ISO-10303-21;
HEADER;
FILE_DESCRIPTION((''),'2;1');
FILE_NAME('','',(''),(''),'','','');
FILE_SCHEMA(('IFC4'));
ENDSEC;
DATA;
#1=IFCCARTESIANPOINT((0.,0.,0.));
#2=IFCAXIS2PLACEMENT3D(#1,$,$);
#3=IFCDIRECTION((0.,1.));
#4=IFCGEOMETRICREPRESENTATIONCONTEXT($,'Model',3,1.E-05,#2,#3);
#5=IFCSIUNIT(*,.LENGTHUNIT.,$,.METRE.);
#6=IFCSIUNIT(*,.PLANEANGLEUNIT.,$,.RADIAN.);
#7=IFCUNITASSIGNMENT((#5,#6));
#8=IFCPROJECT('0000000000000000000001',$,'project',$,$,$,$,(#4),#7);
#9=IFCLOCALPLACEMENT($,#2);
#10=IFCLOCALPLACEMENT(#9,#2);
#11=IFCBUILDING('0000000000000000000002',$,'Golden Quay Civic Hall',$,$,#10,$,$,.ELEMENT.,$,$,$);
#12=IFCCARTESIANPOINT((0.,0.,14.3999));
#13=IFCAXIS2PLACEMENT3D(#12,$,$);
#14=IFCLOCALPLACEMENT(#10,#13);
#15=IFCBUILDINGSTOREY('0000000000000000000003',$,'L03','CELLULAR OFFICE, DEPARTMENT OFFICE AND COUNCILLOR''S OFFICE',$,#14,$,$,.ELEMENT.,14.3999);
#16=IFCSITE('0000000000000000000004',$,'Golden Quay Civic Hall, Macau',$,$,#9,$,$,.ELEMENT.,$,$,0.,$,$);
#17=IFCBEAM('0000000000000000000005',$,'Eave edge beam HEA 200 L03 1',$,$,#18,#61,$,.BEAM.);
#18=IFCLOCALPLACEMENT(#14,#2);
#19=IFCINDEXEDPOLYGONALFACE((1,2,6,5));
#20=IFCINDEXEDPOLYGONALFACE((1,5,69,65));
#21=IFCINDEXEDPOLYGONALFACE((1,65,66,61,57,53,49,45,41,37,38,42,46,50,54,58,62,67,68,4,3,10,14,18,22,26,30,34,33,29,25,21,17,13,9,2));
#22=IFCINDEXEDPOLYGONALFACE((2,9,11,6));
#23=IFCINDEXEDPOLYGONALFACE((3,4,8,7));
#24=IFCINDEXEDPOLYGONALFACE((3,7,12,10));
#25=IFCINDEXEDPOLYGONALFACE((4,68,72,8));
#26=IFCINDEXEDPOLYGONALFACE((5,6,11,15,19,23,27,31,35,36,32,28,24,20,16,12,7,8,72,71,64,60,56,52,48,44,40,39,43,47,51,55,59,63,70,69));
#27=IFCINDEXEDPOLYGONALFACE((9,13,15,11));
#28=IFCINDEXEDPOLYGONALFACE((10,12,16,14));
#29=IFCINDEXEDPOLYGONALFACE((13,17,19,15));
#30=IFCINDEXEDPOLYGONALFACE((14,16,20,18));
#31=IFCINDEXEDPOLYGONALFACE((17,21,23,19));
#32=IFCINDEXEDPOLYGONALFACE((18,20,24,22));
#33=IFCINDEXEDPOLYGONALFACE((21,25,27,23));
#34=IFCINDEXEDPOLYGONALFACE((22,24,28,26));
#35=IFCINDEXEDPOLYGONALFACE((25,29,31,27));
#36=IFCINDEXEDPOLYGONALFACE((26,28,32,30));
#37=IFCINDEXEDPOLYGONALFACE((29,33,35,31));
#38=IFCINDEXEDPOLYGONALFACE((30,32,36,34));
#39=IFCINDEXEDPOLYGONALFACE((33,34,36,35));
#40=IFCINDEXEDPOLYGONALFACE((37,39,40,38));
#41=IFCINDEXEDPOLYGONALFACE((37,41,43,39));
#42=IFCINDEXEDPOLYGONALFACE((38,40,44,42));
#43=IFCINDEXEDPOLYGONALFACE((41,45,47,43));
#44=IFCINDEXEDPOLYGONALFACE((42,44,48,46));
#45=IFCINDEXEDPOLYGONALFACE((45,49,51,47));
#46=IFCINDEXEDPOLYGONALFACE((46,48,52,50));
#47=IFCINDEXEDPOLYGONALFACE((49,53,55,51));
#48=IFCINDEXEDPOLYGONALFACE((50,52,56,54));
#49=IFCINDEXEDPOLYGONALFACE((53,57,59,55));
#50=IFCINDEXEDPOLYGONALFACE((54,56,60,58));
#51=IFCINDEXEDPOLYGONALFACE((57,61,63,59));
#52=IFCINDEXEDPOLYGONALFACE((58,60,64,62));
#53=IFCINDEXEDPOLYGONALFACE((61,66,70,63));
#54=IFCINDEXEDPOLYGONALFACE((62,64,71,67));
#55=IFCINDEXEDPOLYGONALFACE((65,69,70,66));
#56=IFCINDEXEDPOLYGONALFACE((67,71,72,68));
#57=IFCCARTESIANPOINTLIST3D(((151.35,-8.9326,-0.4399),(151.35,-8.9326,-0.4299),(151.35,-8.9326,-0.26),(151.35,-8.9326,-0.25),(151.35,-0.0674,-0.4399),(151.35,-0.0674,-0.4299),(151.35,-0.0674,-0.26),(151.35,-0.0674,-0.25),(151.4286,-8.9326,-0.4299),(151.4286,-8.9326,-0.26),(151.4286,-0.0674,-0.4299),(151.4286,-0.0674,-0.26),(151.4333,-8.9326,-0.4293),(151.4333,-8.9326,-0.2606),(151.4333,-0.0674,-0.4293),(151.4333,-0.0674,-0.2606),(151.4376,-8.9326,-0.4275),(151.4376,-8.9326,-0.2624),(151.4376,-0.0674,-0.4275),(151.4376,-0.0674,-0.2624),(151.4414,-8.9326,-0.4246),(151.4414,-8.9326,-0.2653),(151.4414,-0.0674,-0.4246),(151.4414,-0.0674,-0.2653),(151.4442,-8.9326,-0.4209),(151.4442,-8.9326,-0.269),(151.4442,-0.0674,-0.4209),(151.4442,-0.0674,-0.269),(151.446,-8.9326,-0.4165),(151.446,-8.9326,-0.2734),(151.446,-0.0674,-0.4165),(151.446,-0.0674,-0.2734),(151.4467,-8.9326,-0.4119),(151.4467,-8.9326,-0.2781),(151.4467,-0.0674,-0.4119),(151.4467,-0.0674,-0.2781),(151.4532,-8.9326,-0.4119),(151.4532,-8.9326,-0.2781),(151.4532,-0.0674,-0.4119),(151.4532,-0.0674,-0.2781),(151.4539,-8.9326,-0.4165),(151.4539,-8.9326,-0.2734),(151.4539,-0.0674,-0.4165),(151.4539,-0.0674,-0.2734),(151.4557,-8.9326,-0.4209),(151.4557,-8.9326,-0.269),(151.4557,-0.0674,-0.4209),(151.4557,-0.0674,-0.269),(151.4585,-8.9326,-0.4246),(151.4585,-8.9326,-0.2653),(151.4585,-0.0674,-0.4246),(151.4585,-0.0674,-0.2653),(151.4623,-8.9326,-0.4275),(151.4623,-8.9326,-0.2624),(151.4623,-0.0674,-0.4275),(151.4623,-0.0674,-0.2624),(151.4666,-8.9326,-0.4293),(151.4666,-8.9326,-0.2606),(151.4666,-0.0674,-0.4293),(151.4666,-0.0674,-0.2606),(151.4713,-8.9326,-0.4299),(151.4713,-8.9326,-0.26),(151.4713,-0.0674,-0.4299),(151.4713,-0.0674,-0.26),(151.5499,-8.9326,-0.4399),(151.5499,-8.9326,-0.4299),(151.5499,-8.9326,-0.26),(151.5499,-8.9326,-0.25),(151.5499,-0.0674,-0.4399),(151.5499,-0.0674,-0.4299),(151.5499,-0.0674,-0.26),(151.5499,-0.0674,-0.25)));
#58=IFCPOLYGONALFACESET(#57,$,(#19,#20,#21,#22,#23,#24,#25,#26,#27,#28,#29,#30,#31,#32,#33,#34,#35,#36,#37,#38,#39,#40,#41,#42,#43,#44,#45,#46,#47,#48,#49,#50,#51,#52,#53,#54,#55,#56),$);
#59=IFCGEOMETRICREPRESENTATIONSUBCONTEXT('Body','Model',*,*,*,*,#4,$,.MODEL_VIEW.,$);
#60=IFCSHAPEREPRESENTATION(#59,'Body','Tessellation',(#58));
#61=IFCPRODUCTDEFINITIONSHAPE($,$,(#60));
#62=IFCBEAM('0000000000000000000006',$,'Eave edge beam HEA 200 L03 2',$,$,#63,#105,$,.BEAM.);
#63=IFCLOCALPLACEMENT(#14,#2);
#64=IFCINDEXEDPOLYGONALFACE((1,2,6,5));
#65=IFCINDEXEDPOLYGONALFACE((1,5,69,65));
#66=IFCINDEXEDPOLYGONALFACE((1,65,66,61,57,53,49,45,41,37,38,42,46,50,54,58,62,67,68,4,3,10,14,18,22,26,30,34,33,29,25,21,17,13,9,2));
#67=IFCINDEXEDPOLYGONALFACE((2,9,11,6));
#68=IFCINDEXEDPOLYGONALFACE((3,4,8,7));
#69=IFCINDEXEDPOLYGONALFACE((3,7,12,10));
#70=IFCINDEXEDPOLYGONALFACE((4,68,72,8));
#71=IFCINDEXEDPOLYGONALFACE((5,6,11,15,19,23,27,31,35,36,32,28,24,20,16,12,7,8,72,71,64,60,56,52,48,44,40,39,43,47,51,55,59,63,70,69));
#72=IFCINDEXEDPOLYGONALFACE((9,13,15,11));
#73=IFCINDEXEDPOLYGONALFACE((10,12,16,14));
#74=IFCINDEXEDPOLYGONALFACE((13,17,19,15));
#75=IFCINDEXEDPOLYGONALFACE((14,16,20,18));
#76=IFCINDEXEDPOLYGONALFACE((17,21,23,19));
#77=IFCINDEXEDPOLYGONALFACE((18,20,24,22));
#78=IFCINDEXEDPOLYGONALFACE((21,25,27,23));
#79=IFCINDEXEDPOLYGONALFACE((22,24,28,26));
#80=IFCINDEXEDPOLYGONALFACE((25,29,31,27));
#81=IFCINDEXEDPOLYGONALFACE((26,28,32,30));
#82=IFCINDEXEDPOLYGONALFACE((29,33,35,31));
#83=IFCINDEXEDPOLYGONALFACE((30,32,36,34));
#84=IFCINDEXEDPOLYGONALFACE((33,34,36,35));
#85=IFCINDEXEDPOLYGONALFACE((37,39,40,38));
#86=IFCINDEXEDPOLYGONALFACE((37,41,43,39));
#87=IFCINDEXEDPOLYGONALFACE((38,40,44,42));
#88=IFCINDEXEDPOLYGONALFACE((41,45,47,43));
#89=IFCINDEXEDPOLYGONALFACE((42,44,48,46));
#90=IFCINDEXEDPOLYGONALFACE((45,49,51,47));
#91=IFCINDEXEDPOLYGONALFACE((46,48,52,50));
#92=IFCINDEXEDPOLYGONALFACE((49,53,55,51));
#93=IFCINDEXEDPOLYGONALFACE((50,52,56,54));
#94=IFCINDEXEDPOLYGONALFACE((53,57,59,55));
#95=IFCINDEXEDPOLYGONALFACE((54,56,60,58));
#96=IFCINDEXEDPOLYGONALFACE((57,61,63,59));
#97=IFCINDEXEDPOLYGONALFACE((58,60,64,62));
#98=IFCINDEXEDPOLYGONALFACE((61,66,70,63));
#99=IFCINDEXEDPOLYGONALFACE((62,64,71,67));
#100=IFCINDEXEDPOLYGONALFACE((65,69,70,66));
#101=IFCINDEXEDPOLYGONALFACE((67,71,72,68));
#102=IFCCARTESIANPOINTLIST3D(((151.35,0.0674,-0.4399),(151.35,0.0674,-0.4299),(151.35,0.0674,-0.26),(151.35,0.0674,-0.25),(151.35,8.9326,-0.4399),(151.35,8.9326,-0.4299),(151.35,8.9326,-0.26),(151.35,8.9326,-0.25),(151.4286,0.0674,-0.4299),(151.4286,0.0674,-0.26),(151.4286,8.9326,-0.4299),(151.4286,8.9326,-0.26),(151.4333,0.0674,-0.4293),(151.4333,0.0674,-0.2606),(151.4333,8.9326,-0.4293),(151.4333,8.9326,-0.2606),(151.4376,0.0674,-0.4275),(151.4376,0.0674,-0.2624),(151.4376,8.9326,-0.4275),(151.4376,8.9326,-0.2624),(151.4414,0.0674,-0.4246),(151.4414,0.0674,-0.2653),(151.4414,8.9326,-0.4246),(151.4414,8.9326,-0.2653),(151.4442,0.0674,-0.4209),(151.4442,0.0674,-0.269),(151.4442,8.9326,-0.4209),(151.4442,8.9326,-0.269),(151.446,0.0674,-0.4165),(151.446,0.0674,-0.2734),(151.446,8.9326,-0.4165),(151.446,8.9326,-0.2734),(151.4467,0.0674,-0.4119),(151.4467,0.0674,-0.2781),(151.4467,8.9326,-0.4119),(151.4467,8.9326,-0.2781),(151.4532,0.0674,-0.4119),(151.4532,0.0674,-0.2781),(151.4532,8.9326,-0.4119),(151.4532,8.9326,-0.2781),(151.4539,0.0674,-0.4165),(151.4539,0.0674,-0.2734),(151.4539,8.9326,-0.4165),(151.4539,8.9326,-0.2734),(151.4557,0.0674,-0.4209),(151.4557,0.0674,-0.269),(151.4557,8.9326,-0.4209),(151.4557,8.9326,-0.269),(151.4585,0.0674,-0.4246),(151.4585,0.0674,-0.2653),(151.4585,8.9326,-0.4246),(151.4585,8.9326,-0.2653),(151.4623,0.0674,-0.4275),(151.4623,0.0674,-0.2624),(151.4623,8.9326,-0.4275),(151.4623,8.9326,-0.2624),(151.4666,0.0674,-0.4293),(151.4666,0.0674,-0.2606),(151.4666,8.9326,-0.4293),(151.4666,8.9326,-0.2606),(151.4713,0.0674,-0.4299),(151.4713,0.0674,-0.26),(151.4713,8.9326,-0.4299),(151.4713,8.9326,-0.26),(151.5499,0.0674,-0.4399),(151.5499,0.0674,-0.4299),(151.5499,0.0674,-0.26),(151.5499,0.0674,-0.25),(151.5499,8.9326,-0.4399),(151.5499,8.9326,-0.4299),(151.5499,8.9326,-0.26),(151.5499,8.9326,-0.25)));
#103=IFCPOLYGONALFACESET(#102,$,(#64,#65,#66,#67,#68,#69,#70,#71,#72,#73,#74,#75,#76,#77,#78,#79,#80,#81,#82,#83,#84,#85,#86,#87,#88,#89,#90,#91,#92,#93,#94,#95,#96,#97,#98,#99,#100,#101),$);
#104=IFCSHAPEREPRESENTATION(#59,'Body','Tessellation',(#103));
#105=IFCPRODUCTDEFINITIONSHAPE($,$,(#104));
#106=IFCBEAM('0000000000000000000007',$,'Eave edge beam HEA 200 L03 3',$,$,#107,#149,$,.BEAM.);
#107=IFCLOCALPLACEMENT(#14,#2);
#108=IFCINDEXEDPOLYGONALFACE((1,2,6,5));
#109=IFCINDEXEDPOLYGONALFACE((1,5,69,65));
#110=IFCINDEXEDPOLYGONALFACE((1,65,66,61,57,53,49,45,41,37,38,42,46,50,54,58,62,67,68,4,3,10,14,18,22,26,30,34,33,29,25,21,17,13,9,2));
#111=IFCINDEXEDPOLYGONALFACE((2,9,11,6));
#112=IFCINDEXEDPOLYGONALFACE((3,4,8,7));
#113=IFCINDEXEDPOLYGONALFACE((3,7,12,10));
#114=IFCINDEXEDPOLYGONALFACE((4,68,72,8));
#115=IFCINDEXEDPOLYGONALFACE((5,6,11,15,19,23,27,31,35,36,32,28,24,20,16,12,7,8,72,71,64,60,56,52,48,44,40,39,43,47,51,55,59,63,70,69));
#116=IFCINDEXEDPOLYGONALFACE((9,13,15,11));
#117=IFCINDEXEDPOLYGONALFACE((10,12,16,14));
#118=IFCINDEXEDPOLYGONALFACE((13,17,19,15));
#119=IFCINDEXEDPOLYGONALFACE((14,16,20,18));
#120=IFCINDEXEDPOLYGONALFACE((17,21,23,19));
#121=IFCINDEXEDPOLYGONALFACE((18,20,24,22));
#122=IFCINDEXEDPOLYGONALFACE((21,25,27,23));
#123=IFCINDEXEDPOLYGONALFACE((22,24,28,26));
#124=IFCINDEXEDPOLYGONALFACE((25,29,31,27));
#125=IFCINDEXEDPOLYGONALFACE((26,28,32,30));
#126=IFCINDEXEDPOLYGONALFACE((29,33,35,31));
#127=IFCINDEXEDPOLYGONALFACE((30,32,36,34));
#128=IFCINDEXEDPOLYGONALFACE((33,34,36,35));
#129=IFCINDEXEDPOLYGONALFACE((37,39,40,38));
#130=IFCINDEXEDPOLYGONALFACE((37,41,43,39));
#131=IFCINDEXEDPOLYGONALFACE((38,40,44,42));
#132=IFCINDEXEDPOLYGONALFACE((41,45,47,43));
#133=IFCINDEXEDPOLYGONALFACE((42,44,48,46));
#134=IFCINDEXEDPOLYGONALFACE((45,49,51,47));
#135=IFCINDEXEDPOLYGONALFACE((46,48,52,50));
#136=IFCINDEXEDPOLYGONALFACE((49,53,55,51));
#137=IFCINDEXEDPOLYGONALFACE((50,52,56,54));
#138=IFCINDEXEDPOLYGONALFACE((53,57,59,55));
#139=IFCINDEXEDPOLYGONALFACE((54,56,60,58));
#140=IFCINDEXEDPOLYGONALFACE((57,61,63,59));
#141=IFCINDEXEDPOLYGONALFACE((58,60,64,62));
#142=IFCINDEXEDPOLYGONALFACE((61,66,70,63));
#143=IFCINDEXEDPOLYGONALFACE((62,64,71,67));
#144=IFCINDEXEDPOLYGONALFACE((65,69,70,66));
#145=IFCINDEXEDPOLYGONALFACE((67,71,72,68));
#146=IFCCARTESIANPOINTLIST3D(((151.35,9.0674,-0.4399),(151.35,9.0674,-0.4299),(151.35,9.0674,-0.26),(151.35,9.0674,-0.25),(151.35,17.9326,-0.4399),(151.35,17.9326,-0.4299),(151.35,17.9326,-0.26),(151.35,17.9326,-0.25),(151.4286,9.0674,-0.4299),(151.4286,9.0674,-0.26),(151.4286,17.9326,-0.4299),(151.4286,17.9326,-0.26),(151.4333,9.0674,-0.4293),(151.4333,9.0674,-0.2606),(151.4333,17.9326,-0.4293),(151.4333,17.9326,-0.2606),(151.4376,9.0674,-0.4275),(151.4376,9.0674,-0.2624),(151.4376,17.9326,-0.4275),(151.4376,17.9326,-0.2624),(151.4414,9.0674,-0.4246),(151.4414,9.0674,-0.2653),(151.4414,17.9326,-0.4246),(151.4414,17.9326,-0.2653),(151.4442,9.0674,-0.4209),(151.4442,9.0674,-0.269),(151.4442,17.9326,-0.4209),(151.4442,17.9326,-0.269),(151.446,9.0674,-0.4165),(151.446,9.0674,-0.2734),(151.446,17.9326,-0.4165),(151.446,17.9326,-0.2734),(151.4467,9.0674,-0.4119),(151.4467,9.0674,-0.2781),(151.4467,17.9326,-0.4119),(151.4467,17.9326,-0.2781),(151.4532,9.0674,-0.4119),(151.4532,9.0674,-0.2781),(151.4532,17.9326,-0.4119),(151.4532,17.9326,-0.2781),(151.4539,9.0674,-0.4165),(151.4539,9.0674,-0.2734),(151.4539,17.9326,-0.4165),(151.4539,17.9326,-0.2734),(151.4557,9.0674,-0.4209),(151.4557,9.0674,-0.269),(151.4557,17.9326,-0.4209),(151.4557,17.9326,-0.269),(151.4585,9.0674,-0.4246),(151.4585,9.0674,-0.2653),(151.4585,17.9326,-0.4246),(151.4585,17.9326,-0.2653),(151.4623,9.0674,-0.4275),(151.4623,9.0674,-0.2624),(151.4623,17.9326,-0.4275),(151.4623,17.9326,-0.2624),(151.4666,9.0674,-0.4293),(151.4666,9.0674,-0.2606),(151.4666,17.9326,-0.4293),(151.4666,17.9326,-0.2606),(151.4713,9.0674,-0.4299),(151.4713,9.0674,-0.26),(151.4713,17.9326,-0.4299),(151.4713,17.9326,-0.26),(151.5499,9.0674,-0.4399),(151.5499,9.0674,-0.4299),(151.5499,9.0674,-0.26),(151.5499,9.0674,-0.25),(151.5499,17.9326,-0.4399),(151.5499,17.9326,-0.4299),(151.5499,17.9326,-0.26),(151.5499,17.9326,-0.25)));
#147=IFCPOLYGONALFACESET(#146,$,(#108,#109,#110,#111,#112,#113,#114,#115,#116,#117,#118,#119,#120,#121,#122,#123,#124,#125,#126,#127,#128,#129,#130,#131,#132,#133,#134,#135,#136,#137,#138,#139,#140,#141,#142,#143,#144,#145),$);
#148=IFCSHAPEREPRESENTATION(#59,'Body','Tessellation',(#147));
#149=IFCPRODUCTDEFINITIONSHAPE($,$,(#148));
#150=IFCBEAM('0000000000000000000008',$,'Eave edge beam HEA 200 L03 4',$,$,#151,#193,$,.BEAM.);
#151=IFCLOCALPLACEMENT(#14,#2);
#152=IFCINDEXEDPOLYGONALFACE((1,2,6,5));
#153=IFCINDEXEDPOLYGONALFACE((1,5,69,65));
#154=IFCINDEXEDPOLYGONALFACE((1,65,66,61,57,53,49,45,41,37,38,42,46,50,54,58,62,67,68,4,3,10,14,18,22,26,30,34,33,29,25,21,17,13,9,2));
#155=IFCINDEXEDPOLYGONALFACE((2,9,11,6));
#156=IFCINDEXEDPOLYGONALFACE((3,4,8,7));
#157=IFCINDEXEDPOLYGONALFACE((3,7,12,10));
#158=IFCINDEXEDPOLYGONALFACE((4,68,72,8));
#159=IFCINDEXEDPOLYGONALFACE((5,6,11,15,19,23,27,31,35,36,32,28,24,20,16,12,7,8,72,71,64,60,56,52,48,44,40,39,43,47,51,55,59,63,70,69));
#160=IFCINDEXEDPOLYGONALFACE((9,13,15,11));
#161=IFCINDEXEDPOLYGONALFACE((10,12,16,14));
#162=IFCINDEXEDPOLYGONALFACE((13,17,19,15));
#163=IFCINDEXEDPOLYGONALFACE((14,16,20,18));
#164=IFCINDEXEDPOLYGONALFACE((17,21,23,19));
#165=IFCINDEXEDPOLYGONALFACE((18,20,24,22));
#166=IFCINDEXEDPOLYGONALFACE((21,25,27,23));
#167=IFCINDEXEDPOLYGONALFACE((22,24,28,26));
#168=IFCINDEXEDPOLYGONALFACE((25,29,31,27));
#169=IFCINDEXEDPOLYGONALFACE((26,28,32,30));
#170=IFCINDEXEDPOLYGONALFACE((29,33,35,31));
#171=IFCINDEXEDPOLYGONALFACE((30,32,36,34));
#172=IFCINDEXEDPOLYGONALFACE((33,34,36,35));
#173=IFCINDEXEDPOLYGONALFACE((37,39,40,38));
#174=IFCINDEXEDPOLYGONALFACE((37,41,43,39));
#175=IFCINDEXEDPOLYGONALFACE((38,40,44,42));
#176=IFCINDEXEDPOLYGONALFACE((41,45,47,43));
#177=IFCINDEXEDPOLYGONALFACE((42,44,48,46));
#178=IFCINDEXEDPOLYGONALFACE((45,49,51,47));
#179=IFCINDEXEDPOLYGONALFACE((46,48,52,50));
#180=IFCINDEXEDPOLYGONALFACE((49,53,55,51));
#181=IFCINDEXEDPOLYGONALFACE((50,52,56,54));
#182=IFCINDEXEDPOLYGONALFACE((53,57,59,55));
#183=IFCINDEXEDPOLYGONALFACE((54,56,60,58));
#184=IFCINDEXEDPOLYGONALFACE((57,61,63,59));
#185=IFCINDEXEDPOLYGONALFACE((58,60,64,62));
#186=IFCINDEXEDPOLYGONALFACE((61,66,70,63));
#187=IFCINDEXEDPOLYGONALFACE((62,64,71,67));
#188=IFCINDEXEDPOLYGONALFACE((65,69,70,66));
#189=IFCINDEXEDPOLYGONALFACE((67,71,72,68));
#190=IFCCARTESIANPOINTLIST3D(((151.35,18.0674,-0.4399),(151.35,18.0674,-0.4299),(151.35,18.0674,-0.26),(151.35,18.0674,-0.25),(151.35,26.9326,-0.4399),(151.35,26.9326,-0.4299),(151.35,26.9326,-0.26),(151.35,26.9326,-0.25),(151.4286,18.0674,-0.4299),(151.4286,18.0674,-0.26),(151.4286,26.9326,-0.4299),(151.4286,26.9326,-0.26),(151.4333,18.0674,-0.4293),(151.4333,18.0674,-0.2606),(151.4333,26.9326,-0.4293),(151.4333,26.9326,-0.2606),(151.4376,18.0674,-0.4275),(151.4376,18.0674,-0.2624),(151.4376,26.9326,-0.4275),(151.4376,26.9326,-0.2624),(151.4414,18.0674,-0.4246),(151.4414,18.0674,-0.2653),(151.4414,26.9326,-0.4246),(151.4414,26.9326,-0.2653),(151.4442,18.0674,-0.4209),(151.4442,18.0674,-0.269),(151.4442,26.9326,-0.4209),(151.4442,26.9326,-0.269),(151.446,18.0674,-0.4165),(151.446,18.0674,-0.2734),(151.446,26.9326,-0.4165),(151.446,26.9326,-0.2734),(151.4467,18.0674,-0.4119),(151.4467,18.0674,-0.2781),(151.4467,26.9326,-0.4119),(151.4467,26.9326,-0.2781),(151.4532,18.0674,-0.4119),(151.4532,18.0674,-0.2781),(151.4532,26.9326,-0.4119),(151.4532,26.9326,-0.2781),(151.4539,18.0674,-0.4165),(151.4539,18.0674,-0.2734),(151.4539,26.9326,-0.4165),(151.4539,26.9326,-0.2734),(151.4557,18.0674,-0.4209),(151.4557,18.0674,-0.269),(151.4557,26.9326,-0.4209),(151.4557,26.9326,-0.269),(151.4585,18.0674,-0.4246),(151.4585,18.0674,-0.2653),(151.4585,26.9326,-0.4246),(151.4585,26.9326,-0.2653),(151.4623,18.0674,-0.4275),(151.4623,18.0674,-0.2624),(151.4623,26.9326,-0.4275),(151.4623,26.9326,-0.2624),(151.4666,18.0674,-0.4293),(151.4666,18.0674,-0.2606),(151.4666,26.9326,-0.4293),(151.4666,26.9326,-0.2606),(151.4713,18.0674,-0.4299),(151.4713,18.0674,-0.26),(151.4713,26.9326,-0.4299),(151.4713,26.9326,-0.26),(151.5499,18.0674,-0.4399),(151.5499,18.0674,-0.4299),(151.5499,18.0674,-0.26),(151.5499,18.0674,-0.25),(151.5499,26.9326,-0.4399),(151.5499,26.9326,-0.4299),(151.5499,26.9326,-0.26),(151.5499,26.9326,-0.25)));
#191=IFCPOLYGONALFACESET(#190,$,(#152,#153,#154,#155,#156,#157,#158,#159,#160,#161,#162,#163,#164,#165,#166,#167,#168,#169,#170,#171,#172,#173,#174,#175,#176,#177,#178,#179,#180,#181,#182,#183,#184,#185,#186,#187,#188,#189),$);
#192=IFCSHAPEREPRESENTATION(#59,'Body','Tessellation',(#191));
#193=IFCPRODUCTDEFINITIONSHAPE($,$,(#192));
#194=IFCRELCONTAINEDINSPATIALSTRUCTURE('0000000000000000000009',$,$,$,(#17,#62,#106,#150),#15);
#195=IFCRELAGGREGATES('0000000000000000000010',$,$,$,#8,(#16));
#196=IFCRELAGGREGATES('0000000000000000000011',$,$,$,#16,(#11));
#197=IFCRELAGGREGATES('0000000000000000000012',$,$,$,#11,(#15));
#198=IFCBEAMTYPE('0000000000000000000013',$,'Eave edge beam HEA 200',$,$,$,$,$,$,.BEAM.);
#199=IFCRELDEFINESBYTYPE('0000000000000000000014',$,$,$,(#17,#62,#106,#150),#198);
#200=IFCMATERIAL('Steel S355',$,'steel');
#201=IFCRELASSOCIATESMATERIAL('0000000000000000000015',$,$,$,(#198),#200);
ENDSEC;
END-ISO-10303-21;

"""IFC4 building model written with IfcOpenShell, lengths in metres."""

from ifc_helpers import new_model, si_unit, direction, frame, origin, origin_2d, place, context, subcontext, project, spatial, i_section, extrude, material, material_profile, profile_set, type_object, element, save


model = new_model("IFC4")

# Units and contexts
model_context = context("Model", 3, precision=1e-05, world=origin(), true_north=direction((0.0, 1.0)))
body_context = subcontext(model_context, "Body", "Model", "MODEL_VIEW")
ifc_project = project(units=[si_unit("LENGTHUNIT", "METRE"), si_unit("PLANEANGLEUNIT", "RADIAN")], contexts=[model_context])

# Site, building, storey
site_placement = place(None, origin())
site = spatial("IfcSite", under=ifc_project, at=site_placement, Name="Golden Quay Civic Hall, Macau", CompositionType="ELEMENT", RefElevation=0.0)
building_placement = place(site_placement, origin())
building = spatial("IfcBuilding", under=site, at=building_placement, Name="Golden Quay Civic Hall", CompositionType="ELEMENT")
storey_placement = place(building_placement, frame((0.0, 0.0, 14.3999)))
storey = spatial("IfcBuildingStorey", under=building, at=storey_placement, Name="L03", Description="CELLULAR OFFICE, DEPARTMENT OFFICE AND COUNCILLOR'S OFFICE", CompositionType="ELEMENT", Elevation=14.3999)

# Beams
ifc_material_1 = material(Name="Steel S355", Category="steel")
ifc_material_profile_1 = material_profile(ifc_material_1, i_section(OverallWidth=0.2, OverallDepth=0.1899, WebThickness=0.0066, FlangeThickness=0.01, FilletRadius=0.0181, at=origin_2d()), Name="HEA 200")
ifc_profile_set_1 = profile_set([ifc_material_profile_1], Name="Steel S355")
beam_type_1 = type_object("IfcBeamType", Name="Eave edge beam HEA 200", PredefinedType="BEAM", material=ifc_profile_set_1)
for number, where, z_axis, x_axis, name in (
    (1, (151.45, -8.9326, -0.345), (0.0, 1.0, 0.0), (-1.0, 0.0, 0.0), "Eave edge beam HEA 200 L03 1"),
    (2, (151.45, 0.0674, -0.345), (0.0, 1.0, 0.0), (-1.0, 0.0, 0.0), "Eave edge beam HEA 200 L03 2"),
    (3, (151.45, 9.0674, -0.345), (0.0, 1.0, 0.0), (-1.0, 0.0, 0.0), "Eave edge beam HEA 200 L03 3"),
    (4, (151.45, 18.0674, -0.345), (0.0, 1.0, 0.0), (-1.0, 0.0, 0.0), "Eave edge beam HEA 200 L03 4"),
):
    element("IfcBeam", number, at=place(storey_placement, frame(where, z_axis=z_axis, x_axis=x_axis)), inside=storey, type_object=beam_type_1, Name=name, PredefinedType="BEAM", context=body_context, shape_type="SweptSolid", body=[
        extrude(i_section(OverallWidth=0.2, OverallDepth=0.1899, WebThickness=0.0066, FlangeThickness=0.01, FilletRadius=0.0181, at=origin_2d()), origin(), (0.0, 0.0, 1.0), 8.8652),
    ])

save(model, "model.ifc")
